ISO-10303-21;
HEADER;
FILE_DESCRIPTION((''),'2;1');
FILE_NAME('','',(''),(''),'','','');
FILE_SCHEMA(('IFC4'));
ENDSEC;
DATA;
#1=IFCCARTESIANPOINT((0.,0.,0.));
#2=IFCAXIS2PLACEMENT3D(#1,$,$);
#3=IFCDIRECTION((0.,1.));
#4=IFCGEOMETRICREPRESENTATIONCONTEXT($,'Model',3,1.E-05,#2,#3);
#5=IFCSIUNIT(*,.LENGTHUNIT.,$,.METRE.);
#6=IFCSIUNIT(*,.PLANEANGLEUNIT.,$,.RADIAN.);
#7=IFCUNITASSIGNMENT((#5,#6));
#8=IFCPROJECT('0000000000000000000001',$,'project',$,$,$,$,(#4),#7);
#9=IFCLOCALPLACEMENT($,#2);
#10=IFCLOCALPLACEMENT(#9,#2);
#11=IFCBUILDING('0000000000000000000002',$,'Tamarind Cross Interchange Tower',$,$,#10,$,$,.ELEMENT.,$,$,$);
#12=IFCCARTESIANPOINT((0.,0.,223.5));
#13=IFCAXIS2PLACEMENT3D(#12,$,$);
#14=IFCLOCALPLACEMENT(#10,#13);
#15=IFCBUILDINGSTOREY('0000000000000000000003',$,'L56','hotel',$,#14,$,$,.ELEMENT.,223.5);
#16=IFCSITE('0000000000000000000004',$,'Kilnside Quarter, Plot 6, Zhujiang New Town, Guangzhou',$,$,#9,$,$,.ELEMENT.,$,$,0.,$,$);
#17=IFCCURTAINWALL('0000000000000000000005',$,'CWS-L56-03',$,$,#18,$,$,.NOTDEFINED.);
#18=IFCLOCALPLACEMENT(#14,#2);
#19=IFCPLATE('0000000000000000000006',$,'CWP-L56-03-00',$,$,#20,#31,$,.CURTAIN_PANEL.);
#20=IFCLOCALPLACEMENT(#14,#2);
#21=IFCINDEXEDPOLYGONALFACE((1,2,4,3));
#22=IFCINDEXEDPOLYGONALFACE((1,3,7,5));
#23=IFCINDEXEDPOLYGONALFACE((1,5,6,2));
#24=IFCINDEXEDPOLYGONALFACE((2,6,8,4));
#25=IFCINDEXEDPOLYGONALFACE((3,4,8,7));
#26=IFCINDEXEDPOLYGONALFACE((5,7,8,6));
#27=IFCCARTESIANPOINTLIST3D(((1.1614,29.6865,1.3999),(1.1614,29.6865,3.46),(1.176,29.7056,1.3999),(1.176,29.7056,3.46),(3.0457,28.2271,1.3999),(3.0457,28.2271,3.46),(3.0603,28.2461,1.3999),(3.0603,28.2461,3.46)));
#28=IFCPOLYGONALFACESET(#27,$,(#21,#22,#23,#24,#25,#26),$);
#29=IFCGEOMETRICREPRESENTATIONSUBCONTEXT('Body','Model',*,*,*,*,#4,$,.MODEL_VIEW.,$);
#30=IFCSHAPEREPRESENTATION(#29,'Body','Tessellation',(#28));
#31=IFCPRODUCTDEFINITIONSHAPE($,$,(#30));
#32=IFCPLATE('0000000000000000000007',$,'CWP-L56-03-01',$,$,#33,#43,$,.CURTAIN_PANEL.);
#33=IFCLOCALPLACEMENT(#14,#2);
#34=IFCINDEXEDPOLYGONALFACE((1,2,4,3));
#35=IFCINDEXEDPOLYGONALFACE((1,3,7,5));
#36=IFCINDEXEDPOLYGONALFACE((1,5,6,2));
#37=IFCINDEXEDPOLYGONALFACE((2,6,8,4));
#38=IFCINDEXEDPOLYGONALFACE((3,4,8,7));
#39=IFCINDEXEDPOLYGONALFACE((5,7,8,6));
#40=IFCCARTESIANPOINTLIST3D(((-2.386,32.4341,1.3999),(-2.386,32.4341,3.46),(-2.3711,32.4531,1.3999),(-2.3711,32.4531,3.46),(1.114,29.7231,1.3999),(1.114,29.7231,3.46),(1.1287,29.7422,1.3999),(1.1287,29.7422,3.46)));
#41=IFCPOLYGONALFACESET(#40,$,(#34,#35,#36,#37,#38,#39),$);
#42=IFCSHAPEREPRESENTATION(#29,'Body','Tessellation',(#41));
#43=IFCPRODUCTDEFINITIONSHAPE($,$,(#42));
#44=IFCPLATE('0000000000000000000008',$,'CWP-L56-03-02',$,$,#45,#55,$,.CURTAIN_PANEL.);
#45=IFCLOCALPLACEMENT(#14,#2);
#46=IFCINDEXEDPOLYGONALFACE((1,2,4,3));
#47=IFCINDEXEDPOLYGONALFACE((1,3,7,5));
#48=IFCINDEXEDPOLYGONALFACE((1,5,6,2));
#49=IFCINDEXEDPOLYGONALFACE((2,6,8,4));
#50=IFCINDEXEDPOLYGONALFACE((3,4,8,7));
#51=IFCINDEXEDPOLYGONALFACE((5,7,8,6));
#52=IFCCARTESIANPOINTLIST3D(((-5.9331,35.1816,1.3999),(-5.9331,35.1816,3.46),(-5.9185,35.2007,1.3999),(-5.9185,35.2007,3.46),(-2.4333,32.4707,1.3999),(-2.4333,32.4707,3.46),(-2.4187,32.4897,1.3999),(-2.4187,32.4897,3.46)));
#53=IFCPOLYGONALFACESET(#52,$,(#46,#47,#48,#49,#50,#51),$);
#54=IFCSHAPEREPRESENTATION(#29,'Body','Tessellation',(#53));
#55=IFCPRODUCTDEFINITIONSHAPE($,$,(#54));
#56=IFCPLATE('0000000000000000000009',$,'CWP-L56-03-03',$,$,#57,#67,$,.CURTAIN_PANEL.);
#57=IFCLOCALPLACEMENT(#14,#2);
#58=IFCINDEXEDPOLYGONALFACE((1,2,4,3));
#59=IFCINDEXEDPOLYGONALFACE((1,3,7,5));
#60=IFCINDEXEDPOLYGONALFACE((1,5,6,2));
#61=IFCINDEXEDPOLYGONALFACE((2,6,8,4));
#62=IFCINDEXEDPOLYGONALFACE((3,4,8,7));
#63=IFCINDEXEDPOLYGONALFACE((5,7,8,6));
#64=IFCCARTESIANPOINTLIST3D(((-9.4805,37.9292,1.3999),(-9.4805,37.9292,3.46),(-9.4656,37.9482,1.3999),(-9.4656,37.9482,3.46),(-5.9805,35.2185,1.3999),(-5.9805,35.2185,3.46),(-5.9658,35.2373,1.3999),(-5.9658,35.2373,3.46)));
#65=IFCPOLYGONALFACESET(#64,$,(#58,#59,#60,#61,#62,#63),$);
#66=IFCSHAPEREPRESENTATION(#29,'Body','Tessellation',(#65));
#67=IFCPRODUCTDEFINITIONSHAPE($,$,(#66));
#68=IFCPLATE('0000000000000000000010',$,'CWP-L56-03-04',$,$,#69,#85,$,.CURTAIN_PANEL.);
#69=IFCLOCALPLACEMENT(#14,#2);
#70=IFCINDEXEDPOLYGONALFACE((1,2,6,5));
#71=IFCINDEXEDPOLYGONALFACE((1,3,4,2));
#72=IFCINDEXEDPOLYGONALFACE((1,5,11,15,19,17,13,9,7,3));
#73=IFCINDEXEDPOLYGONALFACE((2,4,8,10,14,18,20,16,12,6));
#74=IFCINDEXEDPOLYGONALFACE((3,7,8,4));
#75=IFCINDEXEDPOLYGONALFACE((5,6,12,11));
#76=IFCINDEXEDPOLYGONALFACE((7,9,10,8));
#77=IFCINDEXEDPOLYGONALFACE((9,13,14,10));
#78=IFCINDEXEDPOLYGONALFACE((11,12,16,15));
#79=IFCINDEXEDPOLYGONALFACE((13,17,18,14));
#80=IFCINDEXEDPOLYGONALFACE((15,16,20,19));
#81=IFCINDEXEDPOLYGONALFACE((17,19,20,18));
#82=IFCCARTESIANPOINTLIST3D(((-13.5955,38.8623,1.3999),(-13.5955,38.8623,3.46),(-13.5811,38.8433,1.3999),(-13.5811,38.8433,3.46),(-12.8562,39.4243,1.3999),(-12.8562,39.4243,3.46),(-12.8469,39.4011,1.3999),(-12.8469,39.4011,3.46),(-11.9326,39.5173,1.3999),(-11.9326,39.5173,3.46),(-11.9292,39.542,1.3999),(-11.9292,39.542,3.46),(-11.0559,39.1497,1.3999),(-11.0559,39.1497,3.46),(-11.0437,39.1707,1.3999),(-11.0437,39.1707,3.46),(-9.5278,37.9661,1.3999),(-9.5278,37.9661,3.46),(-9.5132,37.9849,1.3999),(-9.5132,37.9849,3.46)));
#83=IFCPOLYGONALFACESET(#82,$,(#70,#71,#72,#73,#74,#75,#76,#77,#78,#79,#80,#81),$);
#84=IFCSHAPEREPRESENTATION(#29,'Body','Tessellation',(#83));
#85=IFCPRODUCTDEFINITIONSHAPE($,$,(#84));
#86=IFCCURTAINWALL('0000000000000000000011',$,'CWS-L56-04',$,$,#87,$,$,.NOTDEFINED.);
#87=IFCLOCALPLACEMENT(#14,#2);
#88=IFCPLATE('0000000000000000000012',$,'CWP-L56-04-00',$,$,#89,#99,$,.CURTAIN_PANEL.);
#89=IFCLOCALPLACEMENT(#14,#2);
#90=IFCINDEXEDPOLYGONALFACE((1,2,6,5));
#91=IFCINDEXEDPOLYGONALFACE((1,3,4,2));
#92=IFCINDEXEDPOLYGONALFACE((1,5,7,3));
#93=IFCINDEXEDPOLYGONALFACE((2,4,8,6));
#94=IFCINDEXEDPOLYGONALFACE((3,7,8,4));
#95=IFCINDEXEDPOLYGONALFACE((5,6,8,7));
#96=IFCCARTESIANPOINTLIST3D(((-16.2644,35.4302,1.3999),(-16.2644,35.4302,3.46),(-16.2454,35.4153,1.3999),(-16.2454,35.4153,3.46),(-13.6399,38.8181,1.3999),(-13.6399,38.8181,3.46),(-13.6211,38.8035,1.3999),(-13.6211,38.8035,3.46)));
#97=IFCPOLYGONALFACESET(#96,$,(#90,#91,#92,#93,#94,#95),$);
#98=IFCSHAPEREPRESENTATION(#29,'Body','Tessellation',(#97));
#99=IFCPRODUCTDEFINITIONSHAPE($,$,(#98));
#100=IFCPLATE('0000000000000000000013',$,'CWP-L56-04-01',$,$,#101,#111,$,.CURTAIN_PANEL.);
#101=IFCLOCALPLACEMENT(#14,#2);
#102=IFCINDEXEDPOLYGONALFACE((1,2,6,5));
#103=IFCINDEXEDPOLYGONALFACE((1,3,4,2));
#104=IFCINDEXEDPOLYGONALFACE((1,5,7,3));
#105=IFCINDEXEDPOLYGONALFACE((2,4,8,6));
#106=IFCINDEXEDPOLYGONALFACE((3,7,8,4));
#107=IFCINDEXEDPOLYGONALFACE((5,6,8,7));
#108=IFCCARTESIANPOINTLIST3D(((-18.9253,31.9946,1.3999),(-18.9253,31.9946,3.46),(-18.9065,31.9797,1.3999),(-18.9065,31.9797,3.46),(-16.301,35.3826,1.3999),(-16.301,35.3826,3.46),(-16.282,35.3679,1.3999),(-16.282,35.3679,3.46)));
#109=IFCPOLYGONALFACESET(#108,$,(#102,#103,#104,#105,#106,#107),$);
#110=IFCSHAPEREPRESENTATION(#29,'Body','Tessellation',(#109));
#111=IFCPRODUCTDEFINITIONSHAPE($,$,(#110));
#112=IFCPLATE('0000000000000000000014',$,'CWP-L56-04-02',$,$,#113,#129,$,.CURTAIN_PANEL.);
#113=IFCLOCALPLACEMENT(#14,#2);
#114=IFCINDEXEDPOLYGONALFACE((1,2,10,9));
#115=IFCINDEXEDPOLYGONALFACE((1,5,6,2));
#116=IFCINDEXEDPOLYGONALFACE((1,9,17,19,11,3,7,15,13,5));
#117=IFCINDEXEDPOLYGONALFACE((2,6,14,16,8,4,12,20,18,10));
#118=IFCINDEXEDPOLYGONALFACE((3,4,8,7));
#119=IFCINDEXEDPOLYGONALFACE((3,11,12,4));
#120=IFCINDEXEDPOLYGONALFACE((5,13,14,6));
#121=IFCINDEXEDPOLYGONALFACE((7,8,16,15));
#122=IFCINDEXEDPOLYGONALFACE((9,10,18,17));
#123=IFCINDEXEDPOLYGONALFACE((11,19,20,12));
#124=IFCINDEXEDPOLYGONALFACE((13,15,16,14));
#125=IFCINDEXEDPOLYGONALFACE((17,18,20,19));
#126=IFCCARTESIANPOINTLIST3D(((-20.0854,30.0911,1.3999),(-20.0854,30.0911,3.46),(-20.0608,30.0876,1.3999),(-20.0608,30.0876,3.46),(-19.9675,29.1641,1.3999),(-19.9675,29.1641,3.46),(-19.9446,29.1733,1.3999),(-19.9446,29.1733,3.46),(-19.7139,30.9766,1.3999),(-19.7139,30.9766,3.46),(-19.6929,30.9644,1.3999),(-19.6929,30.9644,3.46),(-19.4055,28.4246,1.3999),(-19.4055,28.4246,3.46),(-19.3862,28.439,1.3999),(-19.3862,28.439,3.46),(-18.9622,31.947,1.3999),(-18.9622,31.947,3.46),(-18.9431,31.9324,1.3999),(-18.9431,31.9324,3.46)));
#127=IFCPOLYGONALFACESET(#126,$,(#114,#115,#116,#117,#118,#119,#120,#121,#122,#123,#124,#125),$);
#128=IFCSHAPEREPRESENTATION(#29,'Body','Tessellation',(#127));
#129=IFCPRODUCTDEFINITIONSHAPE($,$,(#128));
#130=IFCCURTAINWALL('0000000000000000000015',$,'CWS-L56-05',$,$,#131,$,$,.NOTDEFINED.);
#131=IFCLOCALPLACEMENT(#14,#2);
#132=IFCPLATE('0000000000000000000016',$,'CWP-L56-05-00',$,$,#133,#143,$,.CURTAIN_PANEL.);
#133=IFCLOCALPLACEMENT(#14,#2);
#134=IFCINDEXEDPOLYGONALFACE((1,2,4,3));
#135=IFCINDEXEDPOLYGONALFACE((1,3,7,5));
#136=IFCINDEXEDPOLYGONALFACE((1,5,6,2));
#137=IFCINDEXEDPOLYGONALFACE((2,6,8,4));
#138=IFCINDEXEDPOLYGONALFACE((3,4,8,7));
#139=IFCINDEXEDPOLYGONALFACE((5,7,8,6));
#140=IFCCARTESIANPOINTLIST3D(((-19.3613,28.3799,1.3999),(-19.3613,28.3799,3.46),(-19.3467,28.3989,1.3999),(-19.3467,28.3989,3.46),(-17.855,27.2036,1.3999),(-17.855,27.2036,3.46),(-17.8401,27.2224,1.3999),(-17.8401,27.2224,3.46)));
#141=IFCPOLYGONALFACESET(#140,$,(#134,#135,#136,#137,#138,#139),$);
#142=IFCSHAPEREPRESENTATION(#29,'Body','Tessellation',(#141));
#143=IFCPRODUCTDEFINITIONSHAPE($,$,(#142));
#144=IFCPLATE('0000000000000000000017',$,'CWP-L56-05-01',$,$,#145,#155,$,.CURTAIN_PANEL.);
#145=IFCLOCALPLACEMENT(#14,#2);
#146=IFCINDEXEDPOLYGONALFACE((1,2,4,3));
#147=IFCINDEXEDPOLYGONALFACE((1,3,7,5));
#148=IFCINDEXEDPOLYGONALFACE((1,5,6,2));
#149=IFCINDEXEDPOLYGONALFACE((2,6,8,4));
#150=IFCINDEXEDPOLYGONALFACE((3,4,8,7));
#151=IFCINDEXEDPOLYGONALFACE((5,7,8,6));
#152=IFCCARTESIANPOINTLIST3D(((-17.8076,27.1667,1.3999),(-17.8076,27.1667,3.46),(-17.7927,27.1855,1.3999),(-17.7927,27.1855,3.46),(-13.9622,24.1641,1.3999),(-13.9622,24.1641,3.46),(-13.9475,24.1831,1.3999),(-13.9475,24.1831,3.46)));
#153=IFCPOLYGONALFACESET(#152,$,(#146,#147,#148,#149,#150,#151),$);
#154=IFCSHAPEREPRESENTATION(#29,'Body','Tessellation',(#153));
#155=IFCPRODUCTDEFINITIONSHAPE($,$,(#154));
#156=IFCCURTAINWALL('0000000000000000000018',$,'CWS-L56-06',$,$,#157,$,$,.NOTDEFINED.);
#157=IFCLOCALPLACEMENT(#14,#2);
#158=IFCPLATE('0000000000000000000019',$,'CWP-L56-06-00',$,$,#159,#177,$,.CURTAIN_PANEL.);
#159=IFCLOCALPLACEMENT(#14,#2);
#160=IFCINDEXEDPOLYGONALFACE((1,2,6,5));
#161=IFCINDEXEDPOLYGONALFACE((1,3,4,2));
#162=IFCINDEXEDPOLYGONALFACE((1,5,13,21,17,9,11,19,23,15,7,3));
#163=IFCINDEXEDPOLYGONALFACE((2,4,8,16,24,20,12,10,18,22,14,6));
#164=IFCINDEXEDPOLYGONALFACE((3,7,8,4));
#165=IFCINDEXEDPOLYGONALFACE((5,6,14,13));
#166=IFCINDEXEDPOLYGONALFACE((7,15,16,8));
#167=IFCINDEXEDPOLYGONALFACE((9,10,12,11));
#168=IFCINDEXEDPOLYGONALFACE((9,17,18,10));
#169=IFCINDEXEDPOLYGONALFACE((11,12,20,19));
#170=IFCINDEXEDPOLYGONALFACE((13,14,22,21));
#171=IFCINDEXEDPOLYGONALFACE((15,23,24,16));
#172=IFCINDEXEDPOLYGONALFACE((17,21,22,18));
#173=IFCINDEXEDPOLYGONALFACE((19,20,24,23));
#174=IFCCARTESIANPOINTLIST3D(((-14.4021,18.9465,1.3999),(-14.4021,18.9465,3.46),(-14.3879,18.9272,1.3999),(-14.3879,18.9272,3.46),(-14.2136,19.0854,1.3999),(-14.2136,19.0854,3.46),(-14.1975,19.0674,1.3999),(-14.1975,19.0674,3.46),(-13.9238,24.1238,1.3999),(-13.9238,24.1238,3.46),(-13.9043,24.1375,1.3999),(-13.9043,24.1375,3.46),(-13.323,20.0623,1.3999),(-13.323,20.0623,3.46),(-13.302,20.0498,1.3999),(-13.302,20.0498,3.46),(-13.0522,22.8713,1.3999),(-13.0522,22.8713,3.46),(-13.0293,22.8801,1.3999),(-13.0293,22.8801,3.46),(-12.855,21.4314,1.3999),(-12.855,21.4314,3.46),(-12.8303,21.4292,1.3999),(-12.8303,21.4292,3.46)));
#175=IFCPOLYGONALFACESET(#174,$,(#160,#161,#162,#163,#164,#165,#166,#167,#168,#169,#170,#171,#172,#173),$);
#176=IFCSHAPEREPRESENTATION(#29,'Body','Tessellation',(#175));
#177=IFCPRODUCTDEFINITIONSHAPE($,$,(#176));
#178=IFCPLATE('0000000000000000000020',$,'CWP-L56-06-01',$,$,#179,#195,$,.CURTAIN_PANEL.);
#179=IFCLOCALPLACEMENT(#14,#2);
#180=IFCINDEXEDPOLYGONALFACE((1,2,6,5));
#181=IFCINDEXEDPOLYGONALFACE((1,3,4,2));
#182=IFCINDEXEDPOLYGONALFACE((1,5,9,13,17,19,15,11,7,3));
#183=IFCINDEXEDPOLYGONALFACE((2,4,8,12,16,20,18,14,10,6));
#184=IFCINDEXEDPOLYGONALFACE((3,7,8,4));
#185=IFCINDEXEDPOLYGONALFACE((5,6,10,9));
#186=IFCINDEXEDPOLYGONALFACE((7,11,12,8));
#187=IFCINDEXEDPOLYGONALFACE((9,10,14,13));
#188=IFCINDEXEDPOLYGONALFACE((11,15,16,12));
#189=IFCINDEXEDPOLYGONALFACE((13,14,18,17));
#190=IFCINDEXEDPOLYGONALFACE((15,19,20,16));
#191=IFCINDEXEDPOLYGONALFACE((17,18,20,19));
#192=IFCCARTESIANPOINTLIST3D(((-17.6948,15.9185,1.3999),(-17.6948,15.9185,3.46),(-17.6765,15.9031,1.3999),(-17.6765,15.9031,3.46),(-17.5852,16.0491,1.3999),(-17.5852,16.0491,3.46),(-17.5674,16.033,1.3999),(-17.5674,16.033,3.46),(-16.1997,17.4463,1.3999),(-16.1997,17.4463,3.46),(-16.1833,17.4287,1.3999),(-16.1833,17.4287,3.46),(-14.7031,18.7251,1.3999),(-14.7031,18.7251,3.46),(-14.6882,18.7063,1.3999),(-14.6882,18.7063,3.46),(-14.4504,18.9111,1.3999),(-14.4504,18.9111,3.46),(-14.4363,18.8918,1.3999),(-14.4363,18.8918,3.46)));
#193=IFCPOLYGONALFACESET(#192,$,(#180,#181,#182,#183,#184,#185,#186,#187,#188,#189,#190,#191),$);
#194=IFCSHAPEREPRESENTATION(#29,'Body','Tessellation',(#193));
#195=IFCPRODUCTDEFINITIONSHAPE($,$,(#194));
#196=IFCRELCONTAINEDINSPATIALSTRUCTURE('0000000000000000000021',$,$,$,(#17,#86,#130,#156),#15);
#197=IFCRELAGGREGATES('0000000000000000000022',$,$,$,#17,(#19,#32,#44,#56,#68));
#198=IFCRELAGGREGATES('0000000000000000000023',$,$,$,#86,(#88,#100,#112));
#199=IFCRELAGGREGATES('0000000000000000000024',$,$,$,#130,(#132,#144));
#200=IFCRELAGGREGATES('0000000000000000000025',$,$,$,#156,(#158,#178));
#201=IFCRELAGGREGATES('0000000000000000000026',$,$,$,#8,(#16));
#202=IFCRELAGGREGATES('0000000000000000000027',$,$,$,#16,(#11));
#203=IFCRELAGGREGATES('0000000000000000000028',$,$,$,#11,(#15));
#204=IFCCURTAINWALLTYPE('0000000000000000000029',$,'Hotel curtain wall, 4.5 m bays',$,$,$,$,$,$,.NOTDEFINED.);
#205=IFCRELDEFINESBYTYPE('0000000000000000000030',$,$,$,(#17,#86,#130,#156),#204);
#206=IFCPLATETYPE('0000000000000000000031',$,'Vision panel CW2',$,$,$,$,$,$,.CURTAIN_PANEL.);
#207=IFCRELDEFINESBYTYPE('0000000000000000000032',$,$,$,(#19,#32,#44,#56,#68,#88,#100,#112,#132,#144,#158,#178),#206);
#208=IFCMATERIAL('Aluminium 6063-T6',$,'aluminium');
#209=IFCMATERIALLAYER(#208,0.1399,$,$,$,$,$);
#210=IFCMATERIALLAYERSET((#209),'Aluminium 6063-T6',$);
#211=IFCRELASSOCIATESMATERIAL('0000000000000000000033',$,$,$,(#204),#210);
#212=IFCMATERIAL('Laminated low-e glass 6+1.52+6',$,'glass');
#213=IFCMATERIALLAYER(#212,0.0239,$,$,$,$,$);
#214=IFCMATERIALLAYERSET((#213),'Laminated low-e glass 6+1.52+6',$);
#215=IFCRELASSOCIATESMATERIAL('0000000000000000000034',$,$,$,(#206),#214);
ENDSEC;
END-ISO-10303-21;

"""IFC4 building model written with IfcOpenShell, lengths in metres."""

from ifc_helpers import new_model, si_unit, direction, frame, origin, place, context, subcontext, project, spatial, polyline, outline, extrude, material, layer, layer_set, type_object, element, aggregate, save


model = new_model("IFC4")

# Units and contexts
model_context = context("Model", 3, precision=1e-05, world=origin(), true_north=direction((0.0, 1.0)))
body_context = subcontext(model_context, "Body", "Model", "MODEL_VIEW")
ifc_project = project(units=[si_unit("LENGTHUNIT", "METRE"), si_unit("PLANEANGLEUNIT", "RADIAN")], contexts=[model_context])

# Site, building, storey
site_placement = place(None, origin())
site = spatial("IfcSite", under=ifc_project, at=site_placement, Name="Kilnside Quarter, Plot 6, Zhujiang New Town, Guangzhou", CompositionType="ELEMENT", RefElevation=0.0)
building_placement = place(site_placement, origin())
building = spatial("IfcBuilding", under=site, at=building_placement, Name="Tamarind Cross Interchange Tower", CompositionType="ELEMENT")
storey_placement = place(building_placement, frame((0.0, 0.0, 223.5)))
storey = spatial("IfcBuildingStorey", under=building, at=storey_placement, Name="L56", Description="hotel", CompositionType="ELEMENT", Elevation=223.5)

# Curtain walls, plates
ifc_material_1 = material(Name="Aluminium 6063-T6", Category="aluminium")
ifc_layer_1 = layer(ifc_material_1, 0.1399)
ifc_layer_set_1 = layer_set([ifc_layer_1], Name="Aluminium 6063-T6")
curtain_wall_type = type_object("IfcCurtainWallType", Name="Hotel curtain wall, 4.5 m bays", PredefinedType="NOTDEFINED", material=ifc_layer_set_1)
curtain_wall_1_placement = place(storey_placement, origin())
curtain_wall_1 = element("IfcCurtainWall", 1, at=curtain_wall_1_placement, inside=storey, type_object=curtain_wall_type, Name="CWS-L56-03", PredefinedType="NOTDEFINED")
ifc_material_2 = material(Name="Laminated low-e glass 6+1.52+6", Category="glass")
ifc_layer_2 = layer(ifc_material_2, 0.0239)
ifc_layer_set_2 = layer_set([ifc_layer_2], Name="Laminated low-e glass 6+1.52+6")
plate_type = type_object("IfcPlateType", Name="Vision panel CW2", PredefinedType="CURTAIN_PANEL", material=ifc_layer_set_2)
plate_1_placement = place(storey_placement, frame((0.0, 0.0, 1.3999)))
plate_1 = element("IfcPlate", 2, at=plate_1_placement, type_object=plate_type, Name="CWP-L56-03-00", PredefinedType="CURTAIN_PANEL", context=body_context, shape_type="SweptSolid", body=[
    extrude(outline(polyline([(3.0457, 28.2271), (1.1614, 29.6865), (1.176, 29.7056), (3.0603, 28.2461), (3.0457, 28.2271)])), origin(), (0.0, 0.0, 1.0), 2.0601),
])
plate_2_placement = place(storey_placement, frame((0.0, 0.0, 1.3999)))
plate_2 = element("IfcPlate", 3, at=plate_2_placement, type_object=plate_type, Name="CWP-L56-03-01", PredefinedType="CURTAIN_PANEL", context=body_context, shape_type="SweptSolid", body=[
    extrude(outline(polyline([(1.114, 29.7231), (-2.386, 32.4341), (-2.3711, 32.4531), (1.1287, 29.7422), (1.114, 29.7231)])), origin(), (0.0, 0.0, 1.0), 2.0601),
])
plate_3_placement = place(storey_placement, frame((0.0, 0.0, 1.3999)))
plate_3 = element("IfcPlate", 4, at=plate_3_placement, type_object=plate_type, Name="CWP-L56-03-02", PredefinedType="CURTAIN_PANEL", context=body_context, shape_type="SweptSolid", body=[
    extrude(outline(polyline([(-2.4333, 32.4707), (-5.9331, 35.1816), (-5.9185, 35.2007), (-2.4187, 32.4897), (-2.4333, 32.4707)])), origin(), (0.0, 0.0, 1.0), 2.0601),
])
plate_4_placement = place(storey_placement, frame((0.0, 0.0, 1.3999)))
plate_4 = element("IfcPlate", 5, at=plate_4_placement, type_object=plate_type, Name="CWP-L56-03-03", PredefinedType="CURTAIN_PANEL", context=body_context, shape_type="SweptSolid", body=[
    extrude(outline(polyline([(-5.9805, 35.2185), (-9.4805, 37.9292), (-9.4656, 37.9482), (-5.9658, 35.2373), (-5.9805, 35.2185)])), origin(), (0.0, 0.0, 1.0), 2.0601),
])
plate_5_placement = place(storey_placement, frame((0.0, 0.0, 1.3999)))
plate_5 = element("IfcPlate", 6, at=plate_5_placement, type_object=plate_type, Name="CWP-L56-03-04", PredefinedType="CURTAIN_PANEL", context=body_context, shape_type="SweptSolid", body=[
    extrude(outline(polyline([(-9.5278, 37.9661), (-11.0559, 39.1497), (-11.9326, 39.5173), (-12.8469, 39.4011), (-13.5811, 38.8433), (-13.5955, 38.8623), (-12.8562, 39.4243), (-11.9292, 39.542), (-11.0437, 39.1707), (-9.5132, 37.9849), (-9.5278, 37.9661)])), origin(), (0.0, 0.0, 1.0), 2.0601),
])
aggregate(curtain_wall_1, [plate_1, plate_2, plate_3, plate_4, plate_5])
curtain_wall_2_placement = place(storey_placement, origin())
curtain_wall_2 = element("IfcCurtainWall", 7, at=curtain_wall_2_placement, inside=storey, type_object=curtain_wall_type, Name="CWS-L56-04", PredefinedType="NOTDEFINED")
plate_6_placement = place(storey_placement, frame((0.0, 0.0, 1.3999)))
plate_6 = element("IfcPlate", 8, at=plate_6_placement, type_object=plate_type, Name="CWP-L56-04-00", PredefinedType="CURTAIN_PANEL", context=body_context, shape_type="SweptSolid", body=[
    extrude(outline(polyline([(-13.6211, 38.8035), (-16.2454, 35.4153), (-16.2644, 35.4302), (-13.6399, 38.8181), (-13.6211, 38.8035)])), origin(), (0.0, 0.0, 1.0), 2.0601),
])
plate_7_placement = place(storey_placement, frame((0.0, 0.0, 1.3999)))
plate_7 = element("IfcPlate", 9, at=plate_7_placement, type_object=plate_type, Name="CWP-L56-04-01", PredefinedType="CURTAIN_PANEL", context=body_context, shape_type="SweptSolid", body=[
    extrude(outline(polyline([(-16.282, 35.3679), (-18.9065, 31.9797), (-18.9253, 31.9946), (-16.301, 35.3826), (-16.282, 35.3679)])), origin(), (0.0, 0.0, 1.0), 2.0601),
])
plate_8_placement = place(storey_placement, frame((0.0, 0.0, 1.3999)))
plate_8 = element("IfcPlate", 10, at=plate_8_placement, type_object=plate_type, Name="CWP-L56-04-02", PredefinedType="CURTAIN_PANEL", context=body_context, shape_type="SweptSolid", body=[
    extrude(outline(polyline([(-18.9431, 31.9324), (-19.6929, 30.9644), (-20.0608, 30.0876), (-19.9446, 29.1733), (-19.3862, 28.439), (-19.4055, 28.4246), (-19.9675, 29.1641), (-20.0854, 30.0911), (-19.7139, 30.9766), (-18.9622, 31.947), (-18.9431, 31.9324)])), origin(), (0.0, 0.0, 1.0), 2.0601),
])
aggregate(curtain_wall_2, [plate_6, plate_7, plate_8])
curtain_wall_3_placement = place(storey_placement, origin())
curtain_wall_3 = element("IfcCurtainWall", 11, at=curtain_wall_3_placement, inside=storey, type_object=curtain_wall_type, Name="CWS-L56-05", PredefinedType="NOTDEFINED")
plate_9_placement = place(storey_placement, frame((0.0, 0.0, 1.3999)))
plate_9 = element("IfcPlate", 12, at=plate_9_placement, type_object=plate_type, Name="CWP-L56-05-00", PredefinedType="CURTAIN_PANEL", context=body_context, shape_type="SweptSolid", body=[
    extrude(outline(polyline([(-19.3467, 28.3989), (-17.8401, 27.2224), (-17.855, 27.2036), (-19.3613, 28.3799), (-19.3467, 28.3989)])), origin(), (0.0, 0.0, 1.0), 2.0601),
])
plate_10_placement = place(storey_placement, frame((0.0, 0.0, 1.3999)))
plate_10 = element("IfcPlate", 13, at=plate_10_placement, type_object=plate_type, Name="CWP-L56-05-01", PredefinedType="CURTAIN_PANEL", context=body_context, shape_type="SweptSolid", body=[
    extrude(outline(polyline([(-17.7927, 27.1855), (-13.9475, 24.1831), (-13.9622, 24.1641), (-17.8076, 27.1667), (-17.7927, 27.1855)])), origin(), (0.0, 0.0, 1.0), 2.0601),
])
aggregate(curtain_wall_3, [plate_9, plate_10])
curtain_wall_4_placement = place(storey_placement, origin())
curtain_wall_4 = element("IfcCurtainWall", 14, at=curtain_wall_4_placement, inside=storey, type_object=curtain_wall_type, Name="CWS-L56-06", PredefinedType="NOTDEFINED")
plate_11_placement = place(storey_placement, frame((0.0, 0.0, 1.3999)))
plate_11 = element("IfcPlate", 15, at=plate_11_placement, type_object=plate_type, Name="CWP-L56-06-00", PredefinedType="CURTAIN_PANEL", context=body_context, shape_type="SweptSolid", body=[
    extrude(outline(polyline([(-13.9043, 24.1375), (-13.0293, 22.8801), (-12.8303, 21.4292), (-13.302, 20.0498), (-14.1975, 19.0674), (-14.3879, 18.9272), (-14.4021, 18.9465), (-14.2136, 19.0854), (-13.323, 20.0623), (-12.855, 21.4314), (-13.0522, 22.8713), (-13.9238, 24.1238), (-13.9043, 24.1375)])), origin(), (0.0, 0.0, 1.0), 2.0601),
])
plate_12_placement = place(storey_placement, frame((0.0, 0.0, 1.3999)))
plate_12 = element("IfcPlate", 16, at=plate_12_placement, type_object=plate_type, Name="CWP-L56-06-01", PredefinedType="CURTAIN_PANEL", context=body_context, shape_type="SweptSolid", body=[
    extrude(outline(polyline([(-14.4363, 18.8918), (-14.6882, 18.7063), (-16.1833, 17.4287), (-17.5674, 16.033), (-17.6765, 15.9031), (-17.6948, 15.9185), (-17.5852, 16.0491), (-16.1997, 17.4463), (-14.7031, 18.7251), (-14.4504, 18.9111), (-14.4363, 18.8918)])), origin(), (0.0, 0.0, 1.0), 2.0601),
])
aggregate(curtain_wall_4, [plate_11, plate_12])

save(model, "model.ifc")
